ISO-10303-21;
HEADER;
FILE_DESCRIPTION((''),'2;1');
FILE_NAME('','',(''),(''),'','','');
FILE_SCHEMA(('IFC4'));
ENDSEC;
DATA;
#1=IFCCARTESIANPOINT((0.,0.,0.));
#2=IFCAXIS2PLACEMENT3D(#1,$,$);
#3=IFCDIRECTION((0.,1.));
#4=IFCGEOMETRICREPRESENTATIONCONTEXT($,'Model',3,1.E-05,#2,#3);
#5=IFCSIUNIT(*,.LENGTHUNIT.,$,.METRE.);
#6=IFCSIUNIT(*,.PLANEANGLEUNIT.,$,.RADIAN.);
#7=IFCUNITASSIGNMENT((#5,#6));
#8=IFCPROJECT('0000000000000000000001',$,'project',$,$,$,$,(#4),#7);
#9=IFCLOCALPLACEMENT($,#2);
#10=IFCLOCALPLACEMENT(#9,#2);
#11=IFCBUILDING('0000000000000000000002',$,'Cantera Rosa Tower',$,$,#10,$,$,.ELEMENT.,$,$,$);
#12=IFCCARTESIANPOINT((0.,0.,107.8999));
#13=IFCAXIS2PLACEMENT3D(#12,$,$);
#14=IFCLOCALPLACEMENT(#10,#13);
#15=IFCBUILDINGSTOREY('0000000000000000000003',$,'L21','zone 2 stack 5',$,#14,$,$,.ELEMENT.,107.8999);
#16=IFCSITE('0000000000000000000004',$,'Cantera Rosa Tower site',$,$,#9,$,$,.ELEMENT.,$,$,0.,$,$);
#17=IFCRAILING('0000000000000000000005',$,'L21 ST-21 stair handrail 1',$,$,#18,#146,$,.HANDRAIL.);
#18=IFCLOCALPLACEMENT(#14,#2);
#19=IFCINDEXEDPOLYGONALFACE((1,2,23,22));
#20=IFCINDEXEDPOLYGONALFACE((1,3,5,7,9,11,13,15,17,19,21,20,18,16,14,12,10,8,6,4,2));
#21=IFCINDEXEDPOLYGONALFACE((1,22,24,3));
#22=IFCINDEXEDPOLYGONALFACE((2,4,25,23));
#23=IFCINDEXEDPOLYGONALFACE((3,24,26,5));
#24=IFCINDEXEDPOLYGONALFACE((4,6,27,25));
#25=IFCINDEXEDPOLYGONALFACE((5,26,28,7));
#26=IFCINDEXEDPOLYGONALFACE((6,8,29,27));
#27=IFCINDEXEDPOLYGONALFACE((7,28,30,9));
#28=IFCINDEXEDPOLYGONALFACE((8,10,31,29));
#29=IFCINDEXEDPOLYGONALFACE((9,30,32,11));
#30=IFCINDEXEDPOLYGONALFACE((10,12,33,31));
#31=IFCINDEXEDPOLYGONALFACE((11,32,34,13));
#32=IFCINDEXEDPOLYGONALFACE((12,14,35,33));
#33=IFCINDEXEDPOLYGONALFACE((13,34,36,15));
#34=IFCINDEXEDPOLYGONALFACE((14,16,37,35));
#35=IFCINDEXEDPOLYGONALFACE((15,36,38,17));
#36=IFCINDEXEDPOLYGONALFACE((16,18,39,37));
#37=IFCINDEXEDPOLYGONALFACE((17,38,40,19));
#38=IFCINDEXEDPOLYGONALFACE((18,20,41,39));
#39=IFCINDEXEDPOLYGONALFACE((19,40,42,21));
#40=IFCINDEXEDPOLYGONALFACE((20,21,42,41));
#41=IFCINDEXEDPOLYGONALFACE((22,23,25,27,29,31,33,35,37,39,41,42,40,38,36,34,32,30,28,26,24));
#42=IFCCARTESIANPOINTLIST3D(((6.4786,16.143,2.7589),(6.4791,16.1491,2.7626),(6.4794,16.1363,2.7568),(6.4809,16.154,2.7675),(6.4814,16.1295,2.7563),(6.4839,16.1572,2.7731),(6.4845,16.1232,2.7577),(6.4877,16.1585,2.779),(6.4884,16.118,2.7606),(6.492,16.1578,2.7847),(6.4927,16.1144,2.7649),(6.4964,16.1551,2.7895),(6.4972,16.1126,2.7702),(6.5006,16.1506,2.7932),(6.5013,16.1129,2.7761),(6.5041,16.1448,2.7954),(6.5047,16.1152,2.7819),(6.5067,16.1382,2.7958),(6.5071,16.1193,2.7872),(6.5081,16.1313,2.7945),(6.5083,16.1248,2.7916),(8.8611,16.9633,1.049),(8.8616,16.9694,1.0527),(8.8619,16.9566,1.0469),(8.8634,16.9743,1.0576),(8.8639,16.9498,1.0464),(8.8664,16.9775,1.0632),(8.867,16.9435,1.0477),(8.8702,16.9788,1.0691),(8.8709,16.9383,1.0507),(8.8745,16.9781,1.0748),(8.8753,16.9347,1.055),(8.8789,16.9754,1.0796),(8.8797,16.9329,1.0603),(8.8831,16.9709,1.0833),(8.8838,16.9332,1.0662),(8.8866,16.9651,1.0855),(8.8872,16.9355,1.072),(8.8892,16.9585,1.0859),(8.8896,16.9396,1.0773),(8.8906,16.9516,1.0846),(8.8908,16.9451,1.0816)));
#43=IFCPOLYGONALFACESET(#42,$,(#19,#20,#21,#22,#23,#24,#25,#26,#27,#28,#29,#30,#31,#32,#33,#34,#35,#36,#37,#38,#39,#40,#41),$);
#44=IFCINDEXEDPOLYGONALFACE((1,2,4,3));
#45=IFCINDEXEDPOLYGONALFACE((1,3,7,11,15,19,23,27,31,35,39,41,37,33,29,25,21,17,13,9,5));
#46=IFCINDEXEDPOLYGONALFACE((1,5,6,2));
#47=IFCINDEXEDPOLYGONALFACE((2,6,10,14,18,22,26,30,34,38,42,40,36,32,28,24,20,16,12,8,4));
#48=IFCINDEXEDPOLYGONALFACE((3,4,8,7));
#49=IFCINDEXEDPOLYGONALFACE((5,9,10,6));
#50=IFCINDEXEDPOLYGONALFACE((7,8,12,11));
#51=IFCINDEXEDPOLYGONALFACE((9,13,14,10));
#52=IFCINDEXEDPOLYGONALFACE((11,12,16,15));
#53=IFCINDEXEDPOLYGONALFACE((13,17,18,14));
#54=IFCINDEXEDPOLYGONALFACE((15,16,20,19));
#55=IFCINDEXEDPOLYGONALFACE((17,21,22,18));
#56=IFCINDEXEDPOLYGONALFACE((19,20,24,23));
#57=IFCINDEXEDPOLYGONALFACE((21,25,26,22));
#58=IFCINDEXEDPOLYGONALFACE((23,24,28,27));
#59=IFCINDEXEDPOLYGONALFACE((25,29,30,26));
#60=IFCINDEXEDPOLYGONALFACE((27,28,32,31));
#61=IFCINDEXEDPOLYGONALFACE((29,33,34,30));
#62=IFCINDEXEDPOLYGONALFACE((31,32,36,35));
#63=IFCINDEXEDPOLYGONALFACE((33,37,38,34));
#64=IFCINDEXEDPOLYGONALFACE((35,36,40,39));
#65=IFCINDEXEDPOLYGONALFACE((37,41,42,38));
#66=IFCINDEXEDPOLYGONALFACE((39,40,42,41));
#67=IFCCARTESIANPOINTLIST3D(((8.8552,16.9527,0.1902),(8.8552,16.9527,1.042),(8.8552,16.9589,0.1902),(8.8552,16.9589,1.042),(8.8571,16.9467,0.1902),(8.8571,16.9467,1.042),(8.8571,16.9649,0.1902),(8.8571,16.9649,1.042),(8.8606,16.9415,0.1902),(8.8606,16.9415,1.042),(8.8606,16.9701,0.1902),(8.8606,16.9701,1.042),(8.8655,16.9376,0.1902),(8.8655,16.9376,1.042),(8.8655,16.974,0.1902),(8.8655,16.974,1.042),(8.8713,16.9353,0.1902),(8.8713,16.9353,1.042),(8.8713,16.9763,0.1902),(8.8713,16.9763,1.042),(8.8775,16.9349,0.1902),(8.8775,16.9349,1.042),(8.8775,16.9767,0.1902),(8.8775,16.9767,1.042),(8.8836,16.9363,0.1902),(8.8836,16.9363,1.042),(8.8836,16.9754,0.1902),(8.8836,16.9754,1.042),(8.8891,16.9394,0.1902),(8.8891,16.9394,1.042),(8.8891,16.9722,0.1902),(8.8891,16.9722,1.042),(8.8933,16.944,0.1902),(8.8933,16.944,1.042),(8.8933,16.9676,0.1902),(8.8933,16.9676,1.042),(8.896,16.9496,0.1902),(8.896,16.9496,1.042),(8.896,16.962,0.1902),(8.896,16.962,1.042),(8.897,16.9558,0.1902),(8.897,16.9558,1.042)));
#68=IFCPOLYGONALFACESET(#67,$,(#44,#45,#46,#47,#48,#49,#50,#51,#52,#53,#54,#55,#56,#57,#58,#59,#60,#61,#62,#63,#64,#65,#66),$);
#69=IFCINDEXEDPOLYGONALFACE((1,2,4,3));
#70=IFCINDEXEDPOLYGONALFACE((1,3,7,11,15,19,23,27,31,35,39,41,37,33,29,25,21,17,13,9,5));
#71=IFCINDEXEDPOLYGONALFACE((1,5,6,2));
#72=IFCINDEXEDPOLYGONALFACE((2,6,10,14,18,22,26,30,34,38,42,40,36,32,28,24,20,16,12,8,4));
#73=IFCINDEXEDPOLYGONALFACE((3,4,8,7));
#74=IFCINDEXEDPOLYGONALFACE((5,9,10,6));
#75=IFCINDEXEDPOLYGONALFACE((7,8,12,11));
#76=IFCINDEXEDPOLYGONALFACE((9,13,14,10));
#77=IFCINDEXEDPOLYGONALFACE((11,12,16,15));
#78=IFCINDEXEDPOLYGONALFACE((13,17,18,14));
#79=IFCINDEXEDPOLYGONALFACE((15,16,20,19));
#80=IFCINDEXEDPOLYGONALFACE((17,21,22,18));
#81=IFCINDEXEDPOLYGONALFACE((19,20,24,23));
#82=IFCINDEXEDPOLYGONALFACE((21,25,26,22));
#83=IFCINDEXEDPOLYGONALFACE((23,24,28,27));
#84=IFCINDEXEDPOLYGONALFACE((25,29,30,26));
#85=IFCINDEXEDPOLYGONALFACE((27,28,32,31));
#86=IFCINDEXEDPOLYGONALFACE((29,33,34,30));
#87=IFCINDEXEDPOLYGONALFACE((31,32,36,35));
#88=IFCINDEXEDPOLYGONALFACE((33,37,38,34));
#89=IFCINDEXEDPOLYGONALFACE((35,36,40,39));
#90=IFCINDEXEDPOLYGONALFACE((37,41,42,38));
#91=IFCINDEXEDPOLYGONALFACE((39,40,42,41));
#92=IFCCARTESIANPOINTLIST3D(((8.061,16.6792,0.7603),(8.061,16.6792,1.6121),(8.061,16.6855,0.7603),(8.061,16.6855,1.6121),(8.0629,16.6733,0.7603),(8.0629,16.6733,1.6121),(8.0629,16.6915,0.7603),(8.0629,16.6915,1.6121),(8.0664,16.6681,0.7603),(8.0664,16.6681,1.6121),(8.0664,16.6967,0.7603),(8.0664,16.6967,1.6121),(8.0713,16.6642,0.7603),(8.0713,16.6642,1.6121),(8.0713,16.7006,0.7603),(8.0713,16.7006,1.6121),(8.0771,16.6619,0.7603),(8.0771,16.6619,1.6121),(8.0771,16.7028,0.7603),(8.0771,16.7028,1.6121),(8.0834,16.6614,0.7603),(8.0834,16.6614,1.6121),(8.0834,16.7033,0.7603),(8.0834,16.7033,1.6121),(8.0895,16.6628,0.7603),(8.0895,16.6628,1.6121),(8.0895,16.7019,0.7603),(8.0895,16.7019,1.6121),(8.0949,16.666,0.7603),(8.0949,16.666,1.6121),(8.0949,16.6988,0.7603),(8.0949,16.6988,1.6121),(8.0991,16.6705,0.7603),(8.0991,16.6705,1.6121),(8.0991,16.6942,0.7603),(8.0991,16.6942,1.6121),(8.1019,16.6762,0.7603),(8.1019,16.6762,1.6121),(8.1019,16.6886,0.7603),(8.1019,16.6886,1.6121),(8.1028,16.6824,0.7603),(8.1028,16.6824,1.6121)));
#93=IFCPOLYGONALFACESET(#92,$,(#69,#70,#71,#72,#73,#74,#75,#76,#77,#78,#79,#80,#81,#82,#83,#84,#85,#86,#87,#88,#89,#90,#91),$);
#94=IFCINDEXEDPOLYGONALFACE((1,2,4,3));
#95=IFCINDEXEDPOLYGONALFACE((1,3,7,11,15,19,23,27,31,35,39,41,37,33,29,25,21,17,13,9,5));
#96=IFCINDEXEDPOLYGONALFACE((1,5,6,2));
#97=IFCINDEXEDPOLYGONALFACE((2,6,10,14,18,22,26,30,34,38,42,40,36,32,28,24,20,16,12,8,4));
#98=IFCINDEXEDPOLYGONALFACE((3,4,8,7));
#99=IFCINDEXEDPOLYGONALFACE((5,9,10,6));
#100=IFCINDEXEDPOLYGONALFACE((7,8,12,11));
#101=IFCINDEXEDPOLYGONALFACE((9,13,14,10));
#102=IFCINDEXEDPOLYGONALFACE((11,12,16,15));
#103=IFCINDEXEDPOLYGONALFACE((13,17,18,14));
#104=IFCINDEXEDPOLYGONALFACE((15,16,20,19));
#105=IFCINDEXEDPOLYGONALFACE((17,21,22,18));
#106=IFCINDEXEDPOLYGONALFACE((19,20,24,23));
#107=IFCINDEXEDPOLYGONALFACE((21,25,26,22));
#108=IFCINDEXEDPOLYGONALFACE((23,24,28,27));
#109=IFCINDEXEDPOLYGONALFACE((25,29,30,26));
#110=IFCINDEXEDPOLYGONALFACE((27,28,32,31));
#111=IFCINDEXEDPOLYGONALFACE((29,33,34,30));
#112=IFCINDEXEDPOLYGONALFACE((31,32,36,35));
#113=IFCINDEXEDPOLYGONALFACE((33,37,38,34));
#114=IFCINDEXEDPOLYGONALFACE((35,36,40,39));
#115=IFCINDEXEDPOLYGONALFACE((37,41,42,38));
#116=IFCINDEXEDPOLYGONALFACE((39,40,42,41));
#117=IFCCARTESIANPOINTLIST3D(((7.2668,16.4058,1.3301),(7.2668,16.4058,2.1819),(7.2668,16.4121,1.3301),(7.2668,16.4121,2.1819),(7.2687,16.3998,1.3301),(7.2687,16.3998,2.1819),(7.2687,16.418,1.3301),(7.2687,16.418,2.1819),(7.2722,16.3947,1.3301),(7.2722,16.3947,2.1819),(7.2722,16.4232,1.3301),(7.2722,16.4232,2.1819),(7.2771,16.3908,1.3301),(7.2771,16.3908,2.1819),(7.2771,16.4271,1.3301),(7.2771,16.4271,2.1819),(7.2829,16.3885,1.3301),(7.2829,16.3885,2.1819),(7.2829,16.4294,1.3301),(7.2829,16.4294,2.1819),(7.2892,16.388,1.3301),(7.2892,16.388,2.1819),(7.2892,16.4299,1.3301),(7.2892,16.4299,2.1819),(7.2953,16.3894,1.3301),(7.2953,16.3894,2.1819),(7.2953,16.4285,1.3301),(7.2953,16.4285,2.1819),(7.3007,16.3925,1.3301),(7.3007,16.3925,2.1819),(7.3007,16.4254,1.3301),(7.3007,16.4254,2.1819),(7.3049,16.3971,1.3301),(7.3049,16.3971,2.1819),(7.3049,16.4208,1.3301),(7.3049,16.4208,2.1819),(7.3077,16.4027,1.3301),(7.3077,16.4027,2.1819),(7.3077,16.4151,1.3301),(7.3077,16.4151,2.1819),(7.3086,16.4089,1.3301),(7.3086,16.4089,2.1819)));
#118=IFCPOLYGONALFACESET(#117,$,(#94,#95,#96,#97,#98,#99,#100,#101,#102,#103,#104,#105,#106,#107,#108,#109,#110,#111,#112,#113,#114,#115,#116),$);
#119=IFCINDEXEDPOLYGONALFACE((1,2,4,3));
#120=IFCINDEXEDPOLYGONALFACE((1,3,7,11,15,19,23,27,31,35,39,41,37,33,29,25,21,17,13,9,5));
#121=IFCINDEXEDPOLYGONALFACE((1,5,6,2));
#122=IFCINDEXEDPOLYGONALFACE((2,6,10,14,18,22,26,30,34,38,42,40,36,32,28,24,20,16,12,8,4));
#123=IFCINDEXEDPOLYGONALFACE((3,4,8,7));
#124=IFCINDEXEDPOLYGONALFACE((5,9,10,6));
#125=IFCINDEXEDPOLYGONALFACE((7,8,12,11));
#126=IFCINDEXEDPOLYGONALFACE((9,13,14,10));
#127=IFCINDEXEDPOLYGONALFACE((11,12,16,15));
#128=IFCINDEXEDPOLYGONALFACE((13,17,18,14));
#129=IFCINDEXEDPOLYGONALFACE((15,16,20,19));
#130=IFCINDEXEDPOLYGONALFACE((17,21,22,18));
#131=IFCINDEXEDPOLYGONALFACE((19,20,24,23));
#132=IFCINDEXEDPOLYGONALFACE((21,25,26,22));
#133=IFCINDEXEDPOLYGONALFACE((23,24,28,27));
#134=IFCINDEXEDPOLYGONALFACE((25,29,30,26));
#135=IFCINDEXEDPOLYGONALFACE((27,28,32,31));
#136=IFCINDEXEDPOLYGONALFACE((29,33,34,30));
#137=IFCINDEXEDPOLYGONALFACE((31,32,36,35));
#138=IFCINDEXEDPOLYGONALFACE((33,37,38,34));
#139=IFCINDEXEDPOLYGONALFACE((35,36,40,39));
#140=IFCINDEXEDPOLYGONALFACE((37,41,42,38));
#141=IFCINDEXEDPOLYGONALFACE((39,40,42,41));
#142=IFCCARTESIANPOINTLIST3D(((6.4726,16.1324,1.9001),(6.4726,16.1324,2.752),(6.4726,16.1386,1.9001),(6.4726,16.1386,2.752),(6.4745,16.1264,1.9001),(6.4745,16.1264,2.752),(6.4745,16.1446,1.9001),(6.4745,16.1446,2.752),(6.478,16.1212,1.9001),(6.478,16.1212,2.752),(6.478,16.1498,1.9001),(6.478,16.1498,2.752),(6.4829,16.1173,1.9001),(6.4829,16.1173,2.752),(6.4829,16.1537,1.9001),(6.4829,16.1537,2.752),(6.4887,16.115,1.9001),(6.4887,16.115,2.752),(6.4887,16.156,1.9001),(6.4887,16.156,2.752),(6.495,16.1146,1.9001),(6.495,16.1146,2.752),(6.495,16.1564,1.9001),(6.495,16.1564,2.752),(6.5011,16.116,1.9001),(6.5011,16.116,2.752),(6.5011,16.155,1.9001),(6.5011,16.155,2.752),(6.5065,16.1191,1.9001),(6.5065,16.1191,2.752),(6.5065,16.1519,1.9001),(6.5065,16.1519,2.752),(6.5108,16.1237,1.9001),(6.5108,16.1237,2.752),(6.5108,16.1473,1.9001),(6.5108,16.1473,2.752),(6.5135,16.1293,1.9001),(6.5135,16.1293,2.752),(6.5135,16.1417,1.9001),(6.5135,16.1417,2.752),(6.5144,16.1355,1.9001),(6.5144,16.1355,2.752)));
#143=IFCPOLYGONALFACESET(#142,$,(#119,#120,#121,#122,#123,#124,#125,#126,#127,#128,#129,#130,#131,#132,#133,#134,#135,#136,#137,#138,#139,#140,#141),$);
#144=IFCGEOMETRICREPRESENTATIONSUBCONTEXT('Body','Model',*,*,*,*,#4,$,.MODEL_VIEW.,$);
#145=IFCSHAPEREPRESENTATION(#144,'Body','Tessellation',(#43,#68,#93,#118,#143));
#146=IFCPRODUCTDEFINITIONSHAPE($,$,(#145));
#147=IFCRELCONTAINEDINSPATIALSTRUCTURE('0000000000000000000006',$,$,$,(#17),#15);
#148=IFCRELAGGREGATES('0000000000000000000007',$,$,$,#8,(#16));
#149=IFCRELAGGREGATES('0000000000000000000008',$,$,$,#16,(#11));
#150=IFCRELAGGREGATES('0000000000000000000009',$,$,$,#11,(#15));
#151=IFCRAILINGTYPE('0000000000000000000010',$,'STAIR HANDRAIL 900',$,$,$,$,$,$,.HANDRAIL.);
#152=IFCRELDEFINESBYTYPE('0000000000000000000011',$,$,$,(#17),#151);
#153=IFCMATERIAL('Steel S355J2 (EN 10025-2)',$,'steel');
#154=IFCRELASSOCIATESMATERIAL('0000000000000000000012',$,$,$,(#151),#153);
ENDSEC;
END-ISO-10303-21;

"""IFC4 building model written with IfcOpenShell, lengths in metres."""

from ifc_helpers import new_model, si_unit, direction, frame, origin, origin_2d, place, context, subcontext, project, spatial, circle, extrude, material, type_object, element, save


model = new_model("IFC4")

# Units and contexts
model_context = context("Model", 3, precision=1e-05, world=origin(), true_north=direction((0.0, 1.0)))
body_context = subcontext(model_context, "Body", "Model", "MODEL_VIEW")
ifc_project = project(units=[si_unit("LENGTHUNIT", "METRE"), si_unit("PLANEANGLEUNIT", "RADIAN")], contexts=[model_context])

# Site, building, storey
site_placement = place(None, origin())
site = spatial("IfcSite", under=ifc_project, at=site_placement, Name="Cantera Rosa Tower site", CompositionType="ELEMENT", RefElevation=0.0)
building_placement = place(site_placement, origin())
building = spatial("IfcBuilding", under=site, at=building_placement, Name="Cantera Rosa Tower", CompositionType="ELEMENT")
storey_placement = place(building_placement, frame((0.0, 0.0, 107.8999)))
storey = spatial("IfcBuildingStorey", under=building, at=storey_placement, Name="L21", Description="zone 2 stack 5", CompositionType="ELEMENT", Elevation=107.8999)

# Railing
ifc_material_1 = material(Name="Steel S355J2 (EN 10025-2)", Category="steel")
railing_type_1 = type_object("IfcRailingType", Name="STAIR HANDRAIL 900", PredefinedType="HANDRAIL", material=ifc_material_1)
railing_1_placement = place(storey_placement, frame((8.876, 16.9558, 0.1902)))
element("IfcRailing", 1, at=railing_1_placement, inside=storey, type_object=railing_type_1, Name="L21 ST-21 stair handrail 1", PredefinedType="HANDRAIL", context=body_context, shape_type="SweptSolid", body=[
    extrude(circle(Radius=0.0239, at=origin_2d()), frame((0.0, 0.0, 0.876), z_axis=(-0.78239, -0.269375, 0.561519), x_axis=(0.325543, -0.945527, 0.0)), (0.0, 0.0, 1.0), 3.0452),
    extrude(circle(Radius=0.021, at=origin_2d()), origin(), (0.0, 0.0, 1.0), 0.8518),
    extrude(circle(Radius=0.021, at=origin_2d()), frame((-0.7942, -0.2734, 0.5701)), (0.0, 0.0, 1.0), 0.8518),
    extrude(circle(Radius=0.021, at=origin_2d()), frame((-1.5884, -0.5469, 1.1399)), (0.0, 0.0, 1.0), 0.8518),
    extrude(circle(Radius=0.021, at=origin_2d()), frame((-2.3826, -0.8203, 1.71)), (0.0, 0.0, 1.0), 0.8518),
])

save(model, "model.ifc")
